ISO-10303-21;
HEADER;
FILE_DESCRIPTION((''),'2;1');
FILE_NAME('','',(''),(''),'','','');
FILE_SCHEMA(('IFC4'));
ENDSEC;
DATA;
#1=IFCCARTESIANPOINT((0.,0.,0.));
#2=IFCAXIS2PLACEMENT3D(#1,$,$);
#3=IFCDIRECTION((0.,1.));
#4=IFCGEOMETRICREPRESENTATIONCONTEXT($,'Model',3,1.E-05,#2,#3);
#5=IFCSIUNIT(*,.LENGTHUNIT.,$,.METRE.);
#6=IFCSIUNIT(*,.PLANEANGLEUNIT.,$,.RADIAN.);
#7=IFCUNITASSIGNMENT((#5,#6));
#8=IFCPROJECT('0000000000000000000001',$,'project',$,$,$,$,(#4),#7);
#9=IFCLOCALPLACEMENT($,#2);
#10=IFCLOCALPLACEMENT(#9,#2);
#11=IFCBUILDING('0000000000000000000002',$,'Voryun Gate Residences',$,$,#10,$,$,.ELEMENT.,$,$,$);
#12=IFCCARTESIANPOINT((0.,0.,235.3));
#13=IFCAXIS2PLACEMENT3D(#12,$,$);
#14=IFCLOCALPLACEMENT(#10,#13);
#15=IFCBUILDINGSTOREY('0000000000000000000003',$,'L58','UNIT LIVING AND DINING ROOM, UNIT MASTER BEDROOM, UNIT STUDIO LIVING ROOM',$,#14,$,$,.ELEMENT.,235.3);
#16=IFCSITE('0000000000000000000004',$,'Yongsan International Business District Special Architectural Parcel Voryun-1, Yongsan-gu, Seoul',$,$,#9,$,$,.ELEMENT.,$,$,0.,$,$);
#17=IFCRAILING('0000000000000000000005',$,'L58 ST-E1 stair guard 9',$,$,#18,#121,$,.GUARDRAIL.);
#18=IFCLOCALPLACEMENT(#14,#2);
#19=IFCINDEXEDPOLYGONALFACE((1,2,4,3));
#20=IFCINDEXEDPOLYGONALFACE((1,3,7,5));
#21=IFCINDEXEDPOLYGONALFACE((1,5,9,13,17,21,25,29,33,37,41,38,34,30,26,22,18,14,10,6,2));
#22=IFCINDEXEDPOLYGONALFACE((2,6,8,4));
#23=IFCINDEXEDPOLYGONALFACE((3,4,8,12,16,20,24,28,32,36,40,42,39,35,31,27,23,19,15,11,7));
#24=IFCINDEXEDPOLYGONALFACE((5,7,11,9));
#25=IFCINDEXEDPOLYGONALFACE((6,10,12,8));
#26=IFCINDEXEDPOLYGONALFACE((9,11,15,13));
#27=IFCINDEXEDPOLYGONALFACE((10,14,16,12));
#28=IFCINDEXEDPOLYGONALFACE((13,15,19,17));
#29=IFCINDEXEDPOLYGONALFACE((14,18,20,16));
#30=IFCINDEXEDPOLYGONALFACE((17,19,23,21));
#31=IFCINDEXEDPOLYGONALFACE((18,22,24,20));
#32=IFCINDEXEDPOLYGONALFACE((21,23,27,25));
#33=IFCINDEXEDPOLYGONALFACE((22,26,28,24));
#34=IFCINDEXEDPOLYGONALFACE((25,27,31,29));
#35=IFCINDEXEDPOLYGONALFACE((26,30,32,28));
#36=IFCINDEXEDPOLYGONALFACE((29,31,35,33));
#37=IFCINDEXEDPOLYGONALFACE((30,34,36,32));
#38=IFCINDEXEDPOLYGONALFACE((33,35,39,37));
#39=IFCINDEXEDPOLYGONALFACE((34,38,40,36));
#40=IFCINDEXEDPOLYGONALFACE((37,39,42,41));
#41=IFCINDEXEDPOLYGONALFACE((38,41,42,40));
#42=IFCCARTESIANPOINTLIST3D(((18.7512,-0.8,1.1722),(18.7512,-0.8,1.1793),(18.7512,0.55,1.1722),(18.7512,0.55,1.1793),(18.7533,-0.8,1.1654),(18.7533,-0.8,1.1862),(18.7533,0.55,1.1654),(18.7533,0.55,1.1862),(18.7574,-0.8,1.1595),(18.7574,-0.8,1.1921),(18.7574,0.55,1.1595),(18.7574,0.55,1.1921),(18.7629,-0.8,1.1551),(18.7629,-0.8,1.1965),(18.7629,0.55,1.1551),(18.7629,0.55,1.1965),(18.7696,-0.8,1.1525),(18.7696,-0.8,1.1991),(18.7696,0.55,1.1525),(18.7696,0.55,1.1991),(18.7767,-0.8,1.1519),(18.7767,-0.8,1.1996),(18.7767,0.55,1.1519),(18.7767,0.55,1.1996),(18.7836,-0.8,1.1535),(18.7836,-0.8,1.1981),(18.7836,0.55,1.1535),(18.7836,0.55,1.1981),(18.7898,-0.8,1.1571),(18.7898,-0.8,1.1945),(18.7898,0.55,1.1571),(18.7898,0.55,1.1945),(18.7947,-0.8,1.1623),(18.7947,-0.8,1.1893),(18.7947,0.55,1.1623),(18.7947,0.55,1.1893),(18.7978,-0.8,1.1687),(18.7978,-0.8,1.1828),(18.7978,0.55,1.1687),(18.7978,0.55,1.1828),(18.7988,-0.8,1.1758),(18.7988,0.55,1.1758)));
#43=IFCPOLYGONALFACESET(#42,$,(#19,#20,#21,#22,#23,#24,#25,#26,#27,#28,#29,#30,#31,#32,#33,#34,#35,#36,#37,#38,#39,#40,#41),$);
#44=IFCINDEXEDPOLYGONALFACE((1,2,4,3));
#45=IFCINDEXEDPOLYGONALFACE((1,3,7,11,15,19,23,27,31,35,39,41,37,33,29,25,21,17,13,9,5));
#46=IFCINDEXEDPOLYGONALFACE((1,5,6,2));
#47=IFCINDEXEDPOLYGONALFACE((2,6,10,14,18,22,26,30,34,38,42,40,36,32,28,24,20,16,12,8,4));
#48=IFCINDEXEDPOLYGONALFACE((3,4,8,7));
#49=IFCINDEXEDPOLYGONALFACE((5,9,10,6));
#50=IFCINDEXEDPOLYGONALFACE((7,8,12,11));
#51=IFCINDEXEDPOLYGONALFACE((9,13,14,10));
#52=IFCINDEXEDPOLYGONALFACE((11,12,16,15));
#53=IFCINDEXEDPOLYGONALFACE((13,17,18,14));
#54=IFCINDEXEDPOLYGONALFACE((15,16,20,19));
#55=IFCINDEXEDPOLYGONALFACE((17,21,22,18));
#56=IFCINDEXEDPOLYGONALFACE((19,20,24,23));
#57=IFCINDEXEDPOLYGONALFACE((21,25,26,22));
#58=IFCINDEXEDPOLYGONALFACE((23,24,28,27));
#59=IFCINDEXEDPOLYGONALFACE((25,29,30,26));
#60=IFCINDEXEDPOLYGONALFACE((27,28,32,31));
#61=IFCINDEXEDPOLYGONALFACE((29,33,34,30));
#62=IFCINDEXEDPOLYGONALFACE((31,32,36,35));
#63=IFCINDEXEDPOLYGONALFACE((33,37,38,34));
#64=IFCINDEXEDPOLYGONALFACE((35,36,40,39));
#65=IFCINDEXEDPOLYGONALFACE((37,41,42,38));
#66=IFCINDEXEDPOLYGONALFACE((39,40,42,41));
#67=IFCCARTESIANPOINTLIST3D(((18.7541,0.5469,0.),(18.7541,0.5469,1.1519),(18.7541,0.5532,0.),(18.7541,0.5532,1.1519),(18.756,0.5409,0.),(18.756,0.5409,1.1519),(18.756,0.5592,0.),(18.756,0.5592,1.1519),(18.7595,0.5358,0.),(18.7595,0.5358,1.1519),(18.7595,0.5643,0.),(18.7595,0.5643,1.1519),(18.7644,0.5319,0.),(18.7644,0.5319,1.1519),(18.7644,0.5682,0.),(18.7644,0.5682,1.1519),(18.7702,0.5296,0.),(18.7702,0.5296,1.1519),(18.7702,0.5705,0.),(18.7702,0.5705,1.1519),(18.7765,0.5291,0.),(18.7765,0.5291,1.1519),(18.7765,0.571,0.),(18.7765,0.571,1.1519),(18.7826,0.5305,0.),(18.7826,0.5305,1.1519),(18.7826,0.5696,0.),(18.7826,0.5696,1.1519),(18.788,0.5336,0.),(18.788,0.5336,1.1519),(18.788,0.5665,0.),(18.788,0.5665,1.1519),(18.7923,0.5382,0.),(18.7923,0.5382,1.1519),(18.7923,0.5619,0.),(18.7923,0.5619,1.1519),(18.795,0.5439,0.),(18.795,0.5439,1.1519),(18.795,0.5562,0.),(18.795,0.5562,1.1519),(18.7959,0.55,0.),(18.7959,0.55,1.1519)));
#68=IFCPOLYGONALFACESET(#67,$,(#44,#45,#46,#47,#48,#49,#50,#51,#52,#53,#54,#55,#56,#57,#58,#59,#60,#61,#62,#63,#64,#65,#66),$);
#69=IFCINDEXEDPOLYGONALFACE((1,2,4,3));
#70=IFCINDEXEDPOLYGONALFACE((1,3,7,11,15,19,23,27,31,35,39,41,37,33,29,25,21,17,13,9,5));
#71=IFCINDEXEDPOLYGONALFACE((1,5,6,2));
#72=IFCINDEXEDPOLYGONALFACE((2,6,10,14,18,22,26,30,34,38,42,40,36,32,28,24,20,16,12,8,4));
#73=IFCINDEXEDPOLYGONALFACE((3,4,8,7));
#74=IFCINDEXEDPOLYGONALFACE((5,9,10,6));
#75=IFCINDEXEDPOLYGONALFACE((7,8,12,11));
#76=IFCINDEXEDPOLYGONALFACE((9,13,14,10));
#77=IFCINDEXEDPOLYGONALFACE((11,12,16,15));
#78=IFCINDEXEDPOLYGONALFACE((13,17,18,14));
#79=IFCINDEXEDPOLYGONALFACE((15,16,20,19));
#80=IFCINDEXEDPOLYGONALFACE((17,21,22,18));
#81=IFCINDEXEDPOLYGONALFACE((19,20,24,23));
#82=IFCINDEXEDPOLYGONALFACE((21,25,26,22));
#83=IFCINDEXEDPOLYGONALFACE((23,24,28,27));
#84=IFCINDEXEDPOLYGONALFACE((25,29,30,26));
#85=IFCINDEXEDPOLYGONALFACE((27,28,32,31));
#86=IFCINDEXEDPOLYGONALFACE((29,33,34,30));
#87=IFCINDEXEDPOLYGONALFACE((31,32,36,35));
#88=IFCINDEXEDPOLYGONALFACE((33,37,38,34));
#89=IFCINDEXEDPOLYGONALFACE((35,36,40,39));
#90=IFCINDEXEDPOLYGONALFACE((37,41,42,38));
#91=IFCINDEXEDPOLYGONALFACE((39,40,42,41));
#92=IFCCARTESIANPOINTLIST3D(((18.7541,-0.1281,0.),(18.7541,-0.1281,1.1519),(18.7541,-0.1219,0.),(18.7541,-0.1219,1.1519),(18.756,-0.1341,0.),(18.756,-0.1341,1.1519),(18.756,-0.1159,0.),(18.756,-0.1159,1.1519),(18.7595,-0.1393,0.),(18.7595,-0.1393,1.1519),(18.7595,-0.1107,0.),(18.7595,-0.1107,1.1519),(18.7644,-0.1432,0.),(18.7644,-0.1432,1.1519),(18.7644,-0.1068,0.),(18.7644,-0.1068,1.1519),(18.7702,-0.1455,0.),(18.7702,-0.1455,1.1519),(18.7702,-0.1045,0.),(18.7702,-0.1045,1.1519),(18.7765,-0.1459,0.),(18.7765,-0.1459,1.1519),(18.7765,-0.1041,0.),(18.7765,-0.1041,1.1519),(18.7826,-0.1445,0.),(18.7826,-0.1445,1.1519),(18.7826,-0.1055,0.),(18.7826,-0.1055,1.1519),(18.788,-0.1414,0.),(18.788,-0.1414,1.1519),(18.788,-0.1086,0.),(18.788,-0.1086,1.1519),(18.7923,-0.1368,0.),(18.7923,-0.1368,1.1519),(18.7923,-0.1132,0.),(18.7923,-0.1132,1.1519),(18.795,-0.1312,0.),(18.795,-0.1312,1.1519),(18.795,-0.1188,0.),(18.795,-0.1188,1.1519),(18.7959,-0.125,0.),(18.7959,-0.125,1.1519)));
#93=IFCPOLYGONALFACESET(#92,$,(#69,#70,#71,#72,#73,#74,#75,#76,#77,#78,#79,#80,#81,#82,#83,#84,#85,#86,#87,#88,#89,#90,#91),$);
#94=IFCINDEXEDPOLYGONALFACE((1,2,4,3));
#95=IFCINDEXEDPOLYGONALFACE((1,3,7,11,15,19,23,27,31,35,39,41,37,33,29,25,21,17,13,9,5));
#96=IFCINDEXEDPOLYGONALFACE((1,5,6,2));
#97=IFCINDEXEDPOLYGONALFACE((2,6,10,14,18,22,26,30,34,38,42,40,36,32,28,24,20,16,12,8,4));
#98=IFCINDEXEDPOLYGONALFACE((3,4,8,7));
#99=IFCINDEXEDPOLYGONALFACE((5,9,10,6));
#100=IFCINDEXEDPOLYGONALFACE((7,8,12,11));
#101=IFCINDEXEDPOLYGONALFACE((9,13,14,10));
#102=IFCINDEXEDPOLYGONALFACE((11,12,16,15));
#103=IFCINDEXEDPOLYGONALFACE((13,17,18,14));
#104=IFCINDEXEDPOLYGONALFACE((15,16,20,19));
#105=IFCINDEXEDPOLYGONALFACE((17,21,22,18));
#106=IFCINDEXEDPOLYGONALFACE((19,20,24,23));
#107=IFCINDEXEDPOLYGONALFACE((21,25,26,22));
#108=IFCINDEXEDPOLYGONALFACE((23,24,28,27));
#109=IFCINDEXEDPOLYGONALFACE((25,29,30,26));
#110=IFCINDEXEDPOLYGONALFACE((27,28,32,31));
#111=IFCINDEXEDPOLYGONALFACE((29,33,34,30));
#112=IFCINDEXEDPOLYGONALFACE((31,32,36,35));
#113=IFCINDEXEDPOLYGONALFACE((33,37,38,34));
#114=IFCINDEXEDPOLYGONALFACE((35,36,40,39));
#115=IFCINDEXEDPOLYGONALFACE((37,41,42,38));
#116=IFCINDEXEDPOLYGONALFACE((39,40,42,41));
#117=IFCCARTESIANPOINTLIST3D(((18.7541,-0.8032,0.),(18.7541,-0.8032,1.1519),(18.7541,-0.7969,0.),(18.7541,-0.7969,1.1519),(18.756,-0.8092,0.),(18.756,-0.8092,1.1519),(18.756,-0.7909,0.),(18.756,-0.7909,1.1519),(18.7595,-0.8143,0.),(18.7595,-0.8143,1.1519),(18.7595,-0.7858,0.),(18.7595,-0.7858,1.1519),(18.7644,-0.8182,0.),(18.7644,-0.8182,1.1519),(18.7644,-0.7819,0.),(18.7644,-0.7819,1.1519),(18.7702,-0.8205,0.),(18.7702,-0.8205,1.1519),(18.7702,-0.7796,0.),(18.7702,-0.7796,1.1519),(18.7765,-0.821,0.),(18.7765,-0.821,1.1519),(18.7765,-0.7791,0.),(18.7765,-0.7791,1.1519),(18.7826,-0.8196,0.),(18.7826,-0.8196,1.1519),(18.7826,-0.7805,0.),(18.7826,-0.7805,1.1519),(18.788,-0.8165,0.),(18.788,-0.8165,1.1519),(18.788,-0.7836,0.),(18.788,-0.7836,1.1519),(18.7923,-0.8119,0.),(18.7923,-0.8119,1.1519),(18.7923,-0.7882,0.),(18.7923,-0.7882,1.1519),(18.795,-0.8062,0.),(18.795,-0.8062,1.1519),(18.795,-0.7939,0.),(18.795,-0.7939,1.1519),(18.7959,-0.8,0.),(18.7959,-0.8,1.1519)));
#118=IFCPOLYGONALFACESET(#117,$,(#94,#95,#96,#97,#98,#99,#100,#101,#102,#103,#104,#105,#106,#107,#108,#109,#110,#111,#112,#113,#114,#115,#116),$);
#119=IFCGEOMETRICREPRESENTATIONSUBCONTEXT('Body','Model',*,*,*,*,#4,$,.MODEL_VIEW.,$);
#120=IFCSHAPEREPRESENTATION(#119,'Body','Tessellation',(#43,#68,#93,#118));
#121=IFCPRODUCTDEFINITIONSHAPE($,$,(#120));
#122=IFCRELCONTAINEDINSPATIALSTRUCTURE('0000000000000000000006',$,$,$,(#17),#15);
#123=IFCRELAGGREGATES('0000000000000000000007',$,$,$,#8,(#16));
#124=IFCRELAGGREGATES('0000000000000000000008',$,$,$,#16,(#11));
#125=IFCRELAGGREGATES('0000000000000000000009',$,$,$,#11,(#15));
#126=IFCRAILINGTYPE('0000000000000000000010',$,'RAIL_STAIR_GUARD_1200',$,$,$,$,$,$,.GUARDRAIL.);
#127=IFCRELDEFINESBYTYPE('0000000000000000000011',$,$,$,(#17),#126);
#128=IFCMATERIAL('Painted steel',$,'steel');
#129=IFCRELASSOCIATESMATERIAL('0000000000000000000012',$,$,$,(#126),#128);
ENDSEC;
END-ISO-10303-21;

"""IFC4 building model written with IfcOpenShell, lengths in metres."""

from ifc_helpers import new_model, si_unit, direction, frame, origin, origin_2d, place, context, subcontext, project, spatial, circle, extrude, material, type_object, element, save


model = new_model("IFC4")

# Units and contexts
model_context = context("Model", 3, precision=1e-05, world=origin(), true_north=direction((0.0, 1.0)))
body_context = subcontext(model_context, "Body", "Model", "MODEL_VIEW")
ifc_project = project(units=[si_unit("LENGTHUNIT", "METRE"), si_unit("PLANEANGLEUNIT", "RADIAN")], contexts=[model_context])

# Site, building, storey
site_placement = place(None, origin())
site = spatial("IfcSite", under=ifc_project, at=site_placement, Name="Yongsan International Business District Special Architectural Parcel Voryun-1, Yongsan-gu, Seoul", CompositionType="ELEMENT", RefElevation=0.0)
building_placement = place(site_placement, origin())
building = spatial("IfcBuilding", under=site, at=building_placement, Name="Voryun Gate Residences", CompositionType="ELEMENT")
storey_placement = place(building_placement, frame((0.0, 0.0, 235.3)))
storey = spatial("IfcBuildingStorey", under=building, at=storey_placement, Name="L58", Description="UNIT LIVING AND DINING ROOM, UNIT MASTER BEDROOM, UNIT STUDIO LIVING ROOM", CompositionType="ELEMENT", Elevation=235.3)

# Railing
ifc_material_1 = material(Name="Painted steel", Category="steel")
railing_type = type_object("IfcRailingType", Name="RAIL_STAIR_GUARD_1200", PredefinedType="GUARDRAIL", material=ifc_material_1)
railing_placement = place(storey_placement, frame((18.7749, 0.55, 0.0)))
element("IfcRailing", 1, at=railing_placement, inside=storey, type_object=railing_type, Name="L58 ST-E1 stair guard 9", PredefinedType="GUARDRAIL", context=body_context, shape_type="SweptSolid", body=[
    extrude(circle(Radius=0.0239, at=origin_2d()), frame((0.0, 0.0, 1.1758), z_axis=(0.0, -1.0, 0.0), x_axis=(1.0, 0.0, 0.0)), (0.0, 0.0, 1.0), 1.3501),
    extrude(circle(Radius=0.021, at=origin_2d()), origin(), (0.0, 0.0, 1.0), 1.1519),
    extrude(circle(Radius=0.021, at=origin_2d()), frame((0.0, -0.675, 0.0)), (0.0, 0.0, 1.0), 1.1519),
    extrude(circle(Radius=0.021, at=origin_2d()), frame((0.0, -1.3501, 0.0)), (0.0, 0.0, 1.0), 1.1519),
])

save(model, "model.ifc")
